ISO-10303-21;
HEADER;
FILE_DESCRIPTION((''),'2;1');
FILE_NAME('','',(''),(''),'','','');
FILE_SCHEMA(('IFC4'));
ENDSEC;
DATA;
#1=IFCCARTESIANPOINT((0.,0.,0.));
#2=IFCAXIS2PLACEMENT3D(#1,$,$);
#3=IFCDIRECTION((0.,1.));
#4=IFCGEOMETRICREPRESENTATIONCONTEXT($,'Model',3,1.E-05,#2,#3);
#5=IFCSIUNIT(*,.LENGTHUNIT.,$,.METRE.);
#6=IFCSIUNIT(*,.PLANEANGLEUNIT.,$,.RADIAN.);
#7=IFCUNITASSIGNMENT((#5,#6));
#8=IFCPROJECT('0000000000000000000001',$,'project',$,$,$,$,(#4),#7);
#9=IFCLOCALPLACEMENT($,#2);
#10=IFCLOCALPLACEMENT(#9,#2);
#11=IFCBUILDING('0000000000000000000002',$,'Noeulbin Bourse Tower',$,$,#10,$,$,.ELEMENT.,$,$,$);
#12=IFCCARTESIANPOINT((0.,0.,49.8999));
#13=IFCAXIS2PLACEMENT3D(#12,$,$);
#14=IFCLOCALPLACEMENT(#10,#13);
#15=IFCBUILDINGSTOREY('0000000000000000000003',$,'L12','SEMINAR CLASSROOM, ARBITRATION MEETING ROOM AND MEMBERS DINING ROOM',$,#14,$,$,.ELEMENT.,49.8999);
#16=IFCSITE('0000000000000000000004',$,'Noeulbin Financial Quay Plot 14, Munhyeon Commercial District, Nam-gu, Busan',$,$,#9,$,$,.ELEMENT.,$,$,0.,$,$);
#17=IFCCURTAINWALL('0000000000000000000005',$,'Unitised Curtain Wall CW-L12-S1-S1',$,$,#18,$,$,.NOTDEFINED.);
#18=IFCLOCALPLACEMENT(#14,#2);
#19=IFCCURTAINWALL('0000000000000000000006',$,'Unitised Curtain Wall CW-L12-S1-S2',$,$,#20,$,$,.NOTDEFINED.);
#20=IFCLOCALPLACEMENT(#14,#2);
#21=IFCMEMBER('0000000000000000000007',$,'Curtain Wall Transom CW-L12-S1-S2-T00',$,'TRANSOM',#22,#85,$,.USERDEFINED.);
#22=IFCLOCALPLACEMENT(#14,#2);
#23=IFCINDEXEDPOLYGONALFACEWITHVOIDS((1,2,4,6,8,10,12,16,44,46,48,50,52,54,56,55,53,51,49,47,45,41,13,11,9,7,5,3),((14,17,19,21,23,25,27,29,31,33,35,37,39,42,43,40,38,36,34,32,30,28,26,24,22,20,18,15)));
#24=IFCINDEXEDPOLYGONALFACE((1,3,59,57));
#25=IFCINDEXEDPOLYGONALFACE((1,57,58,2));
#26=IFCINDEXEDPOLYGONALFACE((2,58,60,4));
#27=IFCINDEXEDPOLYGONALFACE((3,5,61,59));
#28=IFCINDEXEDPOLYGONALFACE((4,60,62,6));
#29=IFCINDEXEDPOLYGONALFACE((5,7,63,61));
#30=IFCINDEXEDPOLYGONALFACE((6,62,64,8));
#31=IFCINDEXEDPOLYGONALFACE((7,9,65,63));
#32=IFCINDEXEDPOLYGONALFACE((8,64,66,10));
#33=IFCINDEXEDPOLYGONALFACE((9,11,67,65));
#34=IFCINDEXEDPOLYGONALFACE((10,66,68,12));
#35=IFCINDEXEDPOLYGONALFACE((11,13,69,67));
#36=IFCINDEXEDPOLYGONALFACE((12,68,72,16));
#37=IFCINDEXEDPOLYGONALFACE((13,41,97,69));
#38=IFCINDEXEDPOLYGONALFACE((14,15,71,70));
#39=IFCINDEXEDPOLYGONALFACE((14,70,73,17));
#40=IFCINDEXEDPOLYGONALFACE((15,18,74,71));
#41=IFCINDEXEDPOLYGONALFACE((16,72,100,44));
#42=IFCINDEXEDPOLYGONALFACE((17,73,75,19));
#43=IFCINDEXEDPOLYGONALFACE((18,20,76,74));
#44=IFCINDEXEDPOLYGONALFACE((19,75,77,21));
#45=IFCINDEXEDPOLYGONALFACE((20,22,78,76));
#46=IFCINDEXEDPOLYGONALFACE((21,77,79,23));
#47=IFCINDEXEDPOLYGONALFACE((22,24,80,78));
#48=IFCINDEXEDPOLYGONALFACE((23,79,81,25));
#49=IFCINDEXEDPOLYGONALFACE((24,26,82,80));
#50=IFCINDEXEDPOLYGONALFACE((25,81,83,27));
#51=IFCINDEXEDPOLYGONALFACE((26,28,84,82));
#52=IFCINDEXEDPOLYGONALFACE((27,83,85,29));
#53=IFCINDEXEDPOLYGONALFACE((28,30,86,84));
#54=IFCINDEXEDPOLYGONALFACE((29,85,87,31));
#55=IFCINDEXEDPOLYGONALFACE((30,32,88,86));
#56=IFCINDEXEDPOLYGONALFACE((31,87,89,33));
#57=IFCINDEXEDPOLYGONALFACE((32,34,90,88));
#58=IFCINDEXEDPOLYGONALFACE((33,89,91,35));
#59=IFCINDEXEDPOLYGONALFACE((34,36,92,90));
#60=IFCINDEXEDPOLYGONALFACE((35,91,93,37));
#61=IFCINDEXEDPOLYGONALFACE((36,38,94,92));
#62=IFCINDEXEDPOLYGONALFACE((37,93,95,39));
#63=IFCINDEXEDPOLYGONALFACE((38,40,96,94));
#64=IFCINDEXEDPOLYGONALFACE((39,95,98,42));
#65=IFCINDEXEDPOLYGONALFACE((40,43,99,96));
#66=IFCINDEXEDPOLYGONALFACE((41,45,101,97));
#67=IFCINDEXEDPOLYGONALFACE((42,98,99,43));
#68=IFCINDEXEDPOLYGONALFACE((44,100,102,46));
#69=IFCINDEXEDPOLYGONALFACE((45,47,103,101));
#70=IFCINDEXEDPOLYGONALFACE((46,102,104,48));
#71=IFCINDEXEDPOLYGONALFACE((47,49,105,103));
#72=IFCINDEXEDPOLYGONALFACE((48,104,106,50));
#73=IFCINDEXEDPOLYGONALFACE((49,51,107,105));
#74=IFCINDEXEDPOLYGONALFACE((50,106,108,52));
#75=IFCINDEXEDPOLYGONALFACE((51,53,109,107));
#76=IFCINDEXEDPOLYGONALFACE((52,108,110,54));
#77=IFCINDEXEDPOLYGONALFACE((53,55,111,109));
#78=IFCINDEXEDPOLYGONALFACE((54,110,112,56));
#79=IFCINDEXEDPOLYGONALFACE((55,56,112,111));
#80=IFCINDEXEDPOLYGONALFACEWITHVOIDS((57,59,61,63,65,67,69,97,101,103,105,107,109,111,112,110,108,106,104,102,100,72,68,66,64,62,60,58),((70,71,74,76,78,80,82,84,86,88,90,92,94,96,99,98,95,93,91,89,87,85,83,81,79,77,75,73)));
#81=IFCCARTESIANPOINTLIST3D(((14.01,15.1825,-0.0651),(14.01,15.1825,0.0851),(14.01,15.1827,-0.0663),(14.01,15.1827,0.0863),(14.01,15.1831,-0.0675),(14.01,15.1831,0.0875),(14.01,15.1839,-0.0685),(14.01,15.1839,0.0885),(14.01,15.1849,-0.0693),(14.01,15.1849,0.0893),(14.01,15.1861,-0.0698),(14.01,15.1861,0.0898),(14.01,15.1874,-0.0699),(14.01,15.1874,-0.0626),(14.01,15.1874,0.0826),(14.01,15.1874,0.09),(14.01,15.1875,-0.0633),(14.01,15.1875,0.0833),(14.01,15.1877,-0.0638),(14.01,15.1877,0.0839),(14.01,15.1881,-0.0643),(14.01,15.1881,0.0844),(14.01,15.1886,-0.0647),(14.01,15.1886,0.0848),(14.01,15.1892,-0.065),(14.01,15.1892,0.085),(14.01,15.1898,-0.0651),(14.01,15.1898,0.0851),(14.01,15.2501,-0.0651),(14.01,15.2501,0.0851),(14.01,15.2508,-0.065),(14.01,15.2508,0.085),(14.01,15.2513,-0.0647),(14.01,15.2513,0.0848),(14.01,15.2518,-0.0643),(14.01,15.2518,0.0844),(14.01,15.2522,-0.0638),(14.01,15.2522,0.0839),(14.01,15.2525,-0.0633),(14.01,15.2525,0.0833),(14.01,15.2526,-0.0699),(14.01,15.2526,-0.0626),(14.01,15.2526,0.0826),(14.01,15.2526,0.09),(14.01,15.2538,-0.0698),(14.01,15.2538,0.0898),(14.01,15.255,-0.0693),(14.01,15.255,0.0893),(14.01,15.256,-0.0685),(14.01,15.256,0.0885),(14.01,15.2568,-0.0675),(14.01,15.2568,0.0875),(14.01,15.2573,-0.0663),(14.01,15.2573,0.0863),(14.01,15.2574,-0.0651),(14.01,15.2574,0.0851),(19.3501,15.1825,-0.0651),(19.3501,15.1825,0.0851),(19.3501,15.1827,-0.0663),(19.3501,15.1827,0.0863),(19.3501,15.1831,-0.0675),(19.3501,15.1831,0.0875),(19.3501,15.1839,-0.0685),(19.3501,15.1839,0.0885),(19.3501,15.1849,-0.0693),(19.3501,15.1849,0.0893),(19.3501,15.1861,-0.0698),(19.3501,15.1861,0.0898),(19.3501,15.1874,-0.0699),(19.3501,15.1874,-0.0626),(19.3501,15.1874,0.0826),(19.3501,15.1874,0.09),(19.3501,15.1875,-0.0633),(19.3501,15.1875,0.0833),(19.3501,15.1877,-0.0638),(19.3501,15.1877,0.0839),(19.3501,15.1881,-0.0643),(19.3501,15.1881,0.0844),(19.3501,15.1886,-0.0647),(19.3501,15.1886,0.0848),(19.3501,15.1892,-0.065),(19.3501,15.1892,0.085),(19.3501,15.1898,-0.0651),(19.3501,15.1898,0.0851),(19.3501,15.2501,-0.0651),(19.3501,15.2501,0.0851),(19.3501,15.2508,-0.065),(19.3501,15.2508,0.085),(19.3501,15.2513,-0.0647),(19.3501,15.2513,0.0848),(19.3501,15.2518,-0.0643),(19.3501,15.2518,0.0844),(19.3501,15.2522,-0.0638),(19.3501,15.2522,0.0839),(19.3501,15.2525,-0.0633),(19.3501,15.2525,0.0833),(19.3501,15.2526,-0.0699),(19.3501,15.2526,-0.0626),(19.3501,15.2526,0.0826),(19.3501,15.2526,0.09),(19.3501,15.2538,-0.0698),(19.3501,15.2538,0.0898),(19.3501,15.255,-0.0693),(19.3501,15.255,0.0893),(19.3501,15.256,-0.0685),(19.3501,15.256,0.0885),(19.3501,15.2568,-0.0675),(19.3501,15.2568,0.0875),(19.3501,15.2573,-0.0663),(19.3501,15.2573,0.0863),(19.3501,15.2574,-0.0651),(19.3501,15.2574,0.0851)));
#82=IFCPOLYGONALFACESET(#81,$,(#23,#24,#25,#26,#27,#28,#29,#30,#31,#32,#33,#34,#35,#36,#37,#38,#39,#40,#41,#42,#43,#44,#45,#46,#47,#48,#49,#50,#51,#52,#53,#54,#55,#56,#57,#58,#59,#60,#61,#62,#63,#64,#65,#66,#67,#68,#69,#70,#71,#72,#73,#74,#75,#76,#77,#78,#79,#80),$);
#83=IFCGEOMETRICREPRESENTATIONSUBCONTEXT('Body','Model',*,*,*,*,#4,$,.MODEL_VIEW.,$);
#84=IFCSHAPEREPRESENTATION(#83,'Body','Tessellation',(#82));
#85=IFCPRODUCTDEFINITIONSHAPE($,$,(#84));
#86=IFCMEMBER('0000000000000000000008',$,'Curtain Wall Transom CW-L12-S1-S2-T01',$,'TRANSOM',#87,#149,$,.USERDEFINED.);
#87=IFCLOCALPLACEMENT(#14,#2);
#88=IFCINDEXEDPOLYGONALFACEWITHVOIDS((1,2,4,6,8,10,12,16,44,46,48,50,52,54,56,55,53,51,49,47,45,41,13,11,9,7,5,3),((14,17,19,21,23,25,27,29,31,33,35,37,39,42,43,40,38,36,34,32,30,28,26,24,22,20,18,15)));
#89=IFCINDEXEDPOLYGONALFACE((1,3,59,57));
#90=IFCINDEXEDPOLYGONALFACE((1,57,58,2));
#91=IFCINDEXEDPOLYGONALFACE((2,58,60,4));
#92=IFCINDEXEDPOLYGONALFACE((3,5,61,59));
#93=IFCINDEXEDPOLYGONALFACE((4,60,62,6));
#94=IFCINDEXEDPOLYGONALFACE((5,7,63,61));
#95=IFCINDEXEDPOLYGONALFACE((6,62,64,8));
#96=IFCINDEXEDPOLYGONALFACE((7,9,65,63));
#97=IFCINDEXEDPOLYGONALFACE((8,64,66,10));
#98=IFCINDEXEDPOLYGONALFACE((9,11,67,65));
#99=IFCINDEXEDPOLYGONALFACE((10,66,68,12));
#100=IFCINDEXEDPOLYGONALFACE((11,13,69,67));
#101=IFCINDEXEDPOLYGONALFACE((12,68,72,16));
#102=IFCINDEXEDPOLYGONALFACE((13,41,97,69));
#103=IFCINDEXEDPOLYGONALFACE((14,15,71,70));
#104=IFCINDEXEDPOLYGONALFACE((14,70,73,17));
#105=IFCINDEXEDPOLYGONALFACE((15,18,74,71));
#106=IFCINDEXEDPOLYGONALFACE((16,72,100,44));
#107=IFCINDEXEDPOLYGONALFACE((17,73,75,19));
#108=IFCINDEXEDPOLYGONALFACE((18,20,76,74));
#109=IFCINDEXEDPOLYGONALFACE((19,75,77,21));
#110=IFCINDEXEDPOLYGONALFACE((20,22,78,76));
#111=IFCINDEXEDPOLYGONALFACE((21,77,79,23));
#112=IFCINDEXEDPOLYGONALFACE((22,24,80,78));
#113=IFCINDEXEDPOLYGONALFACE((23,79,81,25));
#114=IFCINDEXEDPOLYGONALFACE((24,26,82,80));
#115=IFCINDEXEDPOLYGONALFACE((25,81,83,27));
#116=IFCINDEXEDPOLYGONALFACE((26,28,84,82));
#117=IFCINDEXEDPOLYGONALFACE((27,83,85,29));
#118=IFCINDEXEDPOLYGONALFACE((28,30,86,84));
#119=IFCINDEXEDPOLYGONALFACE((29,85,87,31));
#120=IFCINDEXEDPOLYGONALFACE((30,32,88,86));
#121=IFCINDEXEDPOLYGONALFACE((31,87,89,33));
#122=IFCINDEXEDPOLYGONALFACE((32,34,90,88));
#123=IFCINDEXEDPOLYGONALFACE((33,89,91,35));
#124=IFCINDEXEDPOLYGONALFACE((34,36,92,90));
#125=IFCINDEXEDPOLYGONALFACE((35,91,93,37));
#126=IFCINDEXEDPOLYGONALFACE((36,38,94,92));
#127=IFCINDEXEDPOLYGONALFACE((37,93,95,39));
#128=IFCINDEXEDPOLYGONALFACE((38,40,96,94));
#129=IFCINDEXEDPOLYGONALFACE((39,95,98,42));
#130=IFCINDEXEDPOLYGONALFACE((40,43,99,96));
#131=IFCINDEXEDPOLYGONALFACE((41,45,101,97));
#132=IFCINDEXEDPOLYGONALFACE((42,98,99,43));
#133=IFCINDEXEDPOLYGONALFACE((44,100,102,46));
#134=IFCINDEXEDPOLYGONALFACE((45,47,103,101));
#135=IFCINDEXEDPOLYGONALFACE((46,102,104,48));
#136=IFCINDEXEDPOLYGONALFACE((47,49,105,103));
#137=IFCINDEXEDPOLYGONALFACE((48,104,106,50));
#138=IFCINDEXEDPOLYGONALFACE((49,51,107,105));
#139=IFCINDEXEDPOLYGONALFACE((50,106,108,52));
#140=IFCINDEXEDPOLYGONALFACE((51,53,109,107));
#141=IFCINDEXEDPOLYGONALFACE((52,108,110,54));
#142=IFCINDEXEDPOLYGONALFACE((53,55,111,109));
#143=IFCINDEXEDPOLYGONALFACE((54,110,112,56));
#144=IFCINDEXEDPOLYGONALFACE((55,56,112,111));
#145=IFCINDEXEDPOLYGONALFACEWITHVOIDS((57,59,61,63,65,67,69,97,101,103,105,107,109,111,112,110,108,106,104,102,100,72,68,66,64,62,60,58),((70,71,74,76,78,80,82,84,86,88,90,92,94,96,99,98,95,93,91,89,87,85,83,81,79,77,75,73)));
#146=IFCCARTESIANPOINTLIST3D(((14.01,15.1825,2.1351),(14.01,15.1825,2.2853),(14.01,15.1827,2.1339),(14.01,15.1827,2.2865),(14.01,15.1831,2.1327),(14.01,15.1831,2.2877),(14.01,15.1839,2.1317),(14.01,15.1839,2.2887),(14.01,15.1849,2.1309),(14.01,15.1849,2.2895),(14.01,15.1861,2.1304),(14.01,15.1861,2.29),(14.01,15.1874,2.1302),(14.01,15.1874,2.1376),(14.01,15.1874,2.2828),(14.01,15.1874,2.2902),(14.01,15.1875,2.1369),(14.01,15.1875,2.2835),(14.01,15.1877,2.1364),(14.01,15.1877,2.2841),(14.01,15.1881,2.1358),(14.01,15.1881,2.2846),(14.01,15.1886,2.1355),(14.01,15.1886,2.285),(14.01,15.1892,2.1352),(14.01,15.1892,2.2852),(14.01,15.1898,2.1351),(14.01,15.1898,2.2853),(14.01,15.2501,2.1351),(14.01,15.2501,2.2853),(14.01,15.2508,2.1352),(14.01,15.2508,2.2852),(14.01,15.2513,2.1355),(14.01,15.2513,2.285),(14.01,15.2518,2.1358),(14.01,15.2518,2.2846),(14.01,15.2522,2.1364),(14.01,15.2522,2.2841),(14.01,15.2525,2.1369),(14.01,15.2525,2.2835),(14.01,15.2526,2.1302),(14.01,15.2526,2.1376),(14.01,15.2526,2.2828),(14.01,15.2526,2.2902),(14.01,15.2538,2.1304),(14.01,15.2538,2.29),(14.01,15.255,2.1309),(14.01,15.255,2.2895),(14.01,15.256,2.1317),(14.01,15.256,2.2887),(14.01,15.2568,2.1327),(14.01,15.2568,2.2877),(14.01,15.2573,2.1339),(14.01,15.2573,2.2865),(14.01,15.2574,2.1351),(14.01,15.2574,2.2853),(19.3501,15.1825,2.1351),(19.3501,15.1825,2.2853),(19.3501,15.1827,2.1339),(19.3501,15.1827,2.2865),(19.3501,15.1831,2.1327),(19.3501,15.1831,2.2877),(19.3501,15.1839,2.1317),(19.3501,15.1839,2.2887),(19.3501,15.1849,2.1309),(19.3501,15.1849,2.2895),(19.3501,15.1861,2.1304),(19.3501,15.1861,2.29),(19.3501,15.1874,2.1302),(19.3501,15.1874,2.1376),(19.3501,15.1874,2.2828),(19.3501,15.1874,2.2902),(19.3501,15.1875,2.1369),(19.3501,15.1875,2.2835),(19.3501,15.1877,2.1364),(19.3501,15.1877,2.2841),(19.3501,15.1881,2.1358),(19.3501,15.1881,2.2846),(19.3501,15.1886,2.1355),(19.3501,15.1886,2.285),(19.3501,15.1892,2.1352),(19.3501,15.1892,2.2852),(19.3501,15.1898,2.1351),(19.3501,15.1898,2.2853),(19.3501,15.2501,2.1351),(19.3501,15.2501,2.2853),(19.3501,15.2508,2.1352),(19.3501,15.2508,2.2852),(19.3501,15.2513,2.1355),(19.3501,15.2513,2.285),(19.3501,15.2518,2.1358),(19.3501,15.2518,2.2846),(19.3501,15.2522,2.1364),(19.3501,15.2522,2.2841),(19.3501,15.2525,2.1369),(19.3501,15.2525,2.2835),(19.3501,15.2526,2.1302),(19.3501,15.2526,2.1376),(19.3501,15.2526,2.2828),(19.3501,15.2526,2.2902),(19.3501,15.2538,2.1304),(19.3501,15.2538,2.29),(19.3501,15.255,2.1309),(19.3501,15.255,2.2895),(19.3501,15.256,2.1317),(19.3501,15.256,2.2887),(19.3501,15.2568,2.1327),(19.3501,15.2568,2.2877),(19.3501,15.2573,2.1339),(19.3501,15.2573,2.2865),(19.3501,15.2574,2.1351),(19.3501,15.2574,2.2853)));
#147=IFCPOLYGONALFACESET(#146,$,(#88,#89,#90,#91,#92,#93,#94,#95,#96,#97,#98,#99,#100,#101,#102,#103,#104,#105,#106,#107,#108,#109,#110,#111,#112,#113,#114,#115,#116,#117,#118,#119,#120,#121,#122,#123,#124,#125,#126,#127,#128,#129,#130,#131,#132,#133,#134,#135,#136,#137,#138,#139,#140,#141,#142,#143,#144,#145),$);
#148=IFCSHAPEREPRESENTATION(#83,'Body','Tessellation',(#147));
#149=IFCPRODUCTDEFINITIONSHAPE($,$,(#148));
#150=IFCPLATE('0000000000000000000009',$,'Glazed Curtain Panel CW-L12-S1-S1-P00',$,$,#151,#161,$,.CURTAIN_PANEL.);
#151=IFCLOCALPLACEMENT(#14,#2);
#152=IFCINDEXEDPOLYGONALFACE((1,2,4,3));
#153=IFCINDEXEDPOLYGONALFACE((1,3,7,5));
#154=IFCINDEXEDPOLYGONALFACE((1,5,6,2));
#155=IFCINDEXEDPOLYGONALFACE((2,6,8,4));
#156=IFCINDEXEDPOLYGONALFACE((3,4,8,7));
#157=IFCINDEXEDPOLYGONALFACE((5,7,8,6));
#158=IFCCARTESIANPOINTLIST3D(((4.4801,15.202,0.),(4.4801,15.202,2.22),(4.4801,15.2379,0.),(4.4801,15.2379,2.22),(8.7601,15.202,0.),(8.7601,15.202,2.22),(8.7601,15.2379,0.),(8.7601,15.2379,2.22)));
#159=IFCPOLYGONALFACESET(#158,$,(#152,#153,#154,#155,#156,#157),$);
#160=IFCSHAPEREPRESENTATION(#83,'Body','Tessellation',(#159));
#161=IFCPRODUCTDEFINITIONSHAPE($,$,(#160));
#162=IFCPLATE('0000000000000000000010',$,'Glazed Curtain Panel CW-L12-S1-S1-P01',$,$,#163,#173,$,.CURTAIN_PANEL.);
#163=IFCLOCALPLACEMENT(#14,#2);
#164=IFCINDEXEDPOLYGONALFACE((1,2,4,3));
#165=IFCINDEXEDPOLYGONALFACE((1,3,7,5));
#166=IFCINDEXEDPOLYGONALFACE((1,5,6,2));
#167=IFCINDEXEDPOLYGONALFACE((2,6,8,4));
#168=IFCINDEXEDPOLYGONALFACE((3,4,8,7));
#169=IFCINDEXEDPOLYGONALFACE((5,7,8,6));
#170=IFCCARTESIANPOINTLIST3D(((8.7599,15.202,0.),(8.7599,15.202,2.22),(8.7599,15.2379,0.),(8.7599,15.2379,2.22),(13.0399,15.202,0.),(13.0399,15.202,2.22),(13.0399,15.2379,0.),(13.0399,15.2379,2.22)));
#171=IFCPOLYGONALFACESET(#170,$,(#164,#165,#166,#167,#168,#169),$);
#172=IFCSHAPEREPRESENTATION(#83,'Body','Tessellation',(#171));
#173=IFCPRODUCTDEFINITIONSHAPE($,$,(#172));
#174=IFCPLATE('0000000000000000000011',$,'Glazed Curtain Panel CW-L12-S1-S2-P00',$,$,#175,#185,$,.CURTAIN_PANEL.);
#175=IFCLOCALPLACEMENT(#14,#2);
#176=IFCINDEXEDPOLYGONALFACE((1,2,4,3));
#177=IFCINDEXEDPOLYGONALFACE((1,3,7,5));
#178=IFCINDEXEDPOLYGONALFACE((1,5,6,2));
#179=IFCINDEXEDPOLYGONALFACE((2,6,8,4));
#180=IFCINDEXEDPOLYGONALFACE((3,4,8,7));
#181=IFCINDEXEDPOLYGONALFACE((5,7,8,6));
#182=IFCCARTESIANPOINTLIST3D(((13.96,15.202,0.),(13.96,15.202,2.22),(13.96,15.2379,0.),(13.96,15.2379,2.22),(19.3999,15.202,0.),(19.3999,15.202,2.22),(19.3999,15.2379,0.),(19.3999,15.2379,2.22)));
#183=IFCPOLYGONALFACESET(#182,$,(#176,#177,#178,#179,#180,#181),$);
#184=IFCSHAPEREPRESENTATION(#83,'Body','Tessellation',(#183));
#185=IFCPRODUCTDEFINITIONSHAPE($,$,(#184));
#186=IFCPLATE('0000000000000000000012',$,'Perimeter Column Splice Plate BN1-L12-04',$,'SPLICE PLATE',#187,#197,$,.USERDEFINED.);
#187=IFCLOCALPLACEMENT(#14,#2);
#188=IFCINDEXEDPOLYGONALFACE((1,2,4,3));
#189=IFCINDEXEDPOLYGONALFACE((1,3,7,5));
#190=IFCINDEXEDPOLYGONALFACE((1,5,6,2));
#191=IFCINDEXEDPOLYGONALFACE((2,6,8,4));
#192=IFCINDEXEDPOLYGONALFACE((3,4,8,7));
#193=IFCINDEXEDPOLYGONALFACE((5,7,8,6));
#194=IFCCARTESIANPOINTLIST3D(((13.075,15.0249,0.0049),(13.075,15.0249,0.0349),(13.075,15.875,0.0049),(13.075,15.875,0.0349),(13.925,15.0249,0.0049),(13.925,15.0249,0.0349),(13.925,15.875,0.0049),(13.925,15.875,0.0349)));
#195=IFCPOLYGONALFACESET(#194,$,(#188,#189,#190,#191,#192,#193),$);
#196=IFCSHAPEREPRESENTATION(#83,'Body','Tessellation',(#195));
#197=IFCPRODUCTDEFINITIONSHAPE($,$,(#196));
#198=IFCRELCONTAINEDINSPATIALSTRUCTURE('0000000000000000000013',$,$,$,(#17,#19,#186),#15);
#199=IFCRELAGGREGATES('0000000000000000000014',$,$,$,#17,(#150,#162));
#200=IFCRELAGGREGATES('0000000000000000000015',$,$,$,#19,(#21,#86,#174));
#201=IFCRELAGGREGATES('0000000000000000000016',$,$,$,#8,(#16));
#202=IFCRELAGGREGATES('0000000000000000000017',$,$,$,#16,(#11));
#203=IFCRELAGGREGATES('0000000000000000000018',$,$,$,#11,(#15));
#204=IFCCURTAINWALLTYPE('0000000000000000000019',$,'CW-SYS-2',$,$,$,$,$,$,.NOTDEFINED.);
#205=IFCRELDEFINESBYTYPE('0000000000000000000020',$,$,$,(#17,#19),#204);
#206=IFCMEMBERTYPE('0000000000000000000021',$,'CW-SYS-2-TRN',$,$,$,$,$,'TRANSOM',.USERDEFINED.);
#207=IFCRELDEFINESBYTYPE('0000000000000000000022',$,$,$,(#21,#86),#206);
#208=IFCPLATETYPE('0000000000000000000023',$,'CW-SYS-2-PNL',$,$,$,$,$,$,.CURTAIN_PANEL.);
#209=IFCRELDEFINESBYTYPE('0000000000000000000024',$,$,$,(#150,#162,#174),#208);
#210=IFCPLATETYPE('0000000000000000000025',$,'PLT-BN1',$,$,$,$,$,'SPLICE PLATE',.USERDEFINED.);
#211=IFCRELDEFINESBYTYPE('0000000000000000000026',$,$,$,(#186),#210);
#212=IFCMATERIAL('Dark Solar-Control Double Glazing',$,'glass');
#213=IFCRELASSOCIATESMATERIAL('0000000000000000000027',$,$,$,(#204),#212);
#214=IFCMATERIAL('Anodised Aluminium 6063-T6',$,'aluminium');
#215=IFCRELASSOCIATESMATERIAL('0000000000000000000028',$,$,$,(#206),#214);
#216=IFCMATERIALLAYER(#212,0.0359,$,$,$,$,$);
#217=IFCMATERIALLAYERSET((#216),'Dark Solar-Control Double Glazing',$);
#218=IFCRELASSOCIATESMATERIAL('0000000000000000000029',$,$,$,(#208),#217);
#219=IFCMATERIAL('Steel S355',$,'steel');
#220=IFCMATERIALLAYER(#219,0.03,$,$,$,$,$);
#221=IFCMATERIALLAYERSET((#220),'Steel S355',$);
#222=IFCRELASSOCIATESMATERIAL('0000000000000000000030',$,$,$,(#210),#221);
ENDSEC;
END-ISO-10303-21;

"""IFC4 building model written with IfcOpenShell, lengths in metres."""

from ifc_helpers import new_model, si_unit, direction, frame, origin, origin_2d, place, context, subcontext, project, spatial, rectangle, hollow_rectangle, extrude, material, layer, layer_set, material_profile, profile_set, type_object, element, aggregate, save


model = new_model("IFC4")

# Units and contexts
model_context = context("Model", 3, precision=1e-05, world=origin(), true_north=direction((0.0, 1.0)))
body_context = subcontext(model_context, "Body", "Model", "MODEL_VIEW")
ifc_project = project(units=[si_unit("LENGTHUNIT", "METRE"), si_unit("PLANEANGLEUNIT", "RADIAN")], contexts=[model_context])

# Site, building, storey
site_placement = place(None, origin())
site = spatial("IfcSite", under=ifc_project, at=site_placement, Name="Noeulbin Financial Quay Plot 14, Munhyeon Commercial District, Nam-gu, Busan", CompositionType="ELEMENT", RefElevation=0.0)
building_placement = place(site_placement, origin())
building = spatial("IfcBuilding", under=site, at=building_placement, Name="Noeulbin Bourse Tower", CompositionType="ELEMENT")
storey_placement = place(building_placement, frame((0.0, 0.0, 49.8999)))
storey = spatial("IfcBuildingStorey", under=building, at=storey_placement, Name="L12", Description="SEMINAR CLASSROOM, ARBITRATION MEETING ROOM AND MEMBERS DINING ROOM", CompositionType="ELEMENT", Elevation=49.8999)

# Shared definitions
ifc_material_1 = material(Name="Steel S355", Category="steel")

# Curtain wall
ifc_material_2 = material(Name="Dark Solar-Control Double Glazing", Category="glass")
curtain_wall_type = type_object("IfcCurtainWallType", Name="CW-SYS-2", PredefinedType="NOTDEFINED", material=ifc_material_2)
curtain_wall_1_placement = place(storey_placement, origin())
curtain_wall_1 = element("IfcCurtainWall", 1, at=curtain_wall_1_placement, inside=storey, type_object=curtain_wall_type, Name="Unitised Curtain Wall CW-L12-S1-S1", PredefinedType="NOTDEFINED")
ifc_material_3 = material(Name="Anodised Aluminium 6063-T6", Category="aluminium")

# Curtain wall
curtain_wall_2_placement = place(storey_placement, origin())
curtain_wall_2 = element("IfcCurtainWall", 2, at=curtain_wall_2_placement, inside=storey, type_object=curtain_wall_type, Name="Unitised Curtain Wall CW-L12-S1-S2", PredefinedType="NOTDEFINED")

# Members
ifc_material_profile_1 = material_profile(ifc_material_3, hollow_rectangle(XDim=0.075, YDim=0.1599, WallThickness=0.0049, InnerFilletRadius=0.0024, OuterFilletRadius=0.0049, at=origin_2d()), Name="ALU-TRAN-75x160x5", Category="LoadBearing")
ifc_profile_set_1 = profile_set([ifc_material_profile_1], Name="Anodised Aluminium 6063-T6")
member_type_1 = type_object("IfcMemberType", Name="CW-SYS-2-TRN", ElementType="TRANSOM", PredefinedType="USERDEFINED", material=ifc_profile_set_1)
member_1_placement = place(storey_placement, frame((14.01, 15.22, 0.01), z_axis=(1.0, 0.0, 0.0), x_axis=(0.0, 1.0, 0.0)))
member_1 = element("IfcMember", 3, at=member_1_placement, type_object=member_type_1, Name="Curtain Wall Transom CW-L12-S1-S2-T00", ObjectType="TRANSOM", PredefinedType="USERDEFINED", context=body_context, shape_type="SweptSolid", body=[
    extrude(hollow_rectangle(XDim=0.075, YDim=0.1599, WallThickness=0.0049, InnerFilletRadius=0.0024, OuterFilletRadius=0.0049, at=origin_2d()), origin(), (0.0, 0.0, 1.0), 5.3401),
])
member_2_placement = place(storey_placement, frame((14.01, 15.22, 2.2102), z_axis=(1.0, 0.0, 0.0), x_axis=(0.0, 1.0, 0.0)))
member_2 = element("IfcMember", 4, at=member_2_placement, type_object=member_type_1, Name="Curtain Wall Transom CW-L12-S1-S2-T01", ObjectType="TRANSOM", PredefinedType="USERDEFINED", context=body_context, shape_type="SweptSolid", body=[
    extrude(hollow_rectangle(XDim=0.075, YDim=0.1599, WallThickness=0.0049, InnerFilletRadius=0.0024, OuterFilletRadius=0.0049, at=origin_2d()), origin(), (0.0, 0.0, 1.0), 5.3401),
])

# Plates
ifc_layer_1 = layer(ifc_material_2, 0.0359)
ifc_layer_set_1 = layer_set([ifc_layer_1], Name="Dark Solar-Control Double Glazing")
plate_type_1 = type_object("IfcPlateType", Name="CW-SYS-2-PNL", PredefinedType="CURTAIN_PANEL", material=ifc_layer_set_1)
plate_1_placement = place(storey_placement, frame((6.6201, 15.22, 0.0), z_axis=(0.0, 0.0, 1.0), x_axis=(1.0, 0.0, 0.0)))
plate_1 = element("IfcPlate", 5, at=plate_1_placement, type_object=plate_type_1, Name="Glazed Curtain Panel CW-L12-S1-S1-P00", PredefinedType="CURTAIN_PANEL", context=body_context, shape_type="SweptSolid", body=[
    extrude(rectangle(XDim=4.28, YDim=0.0359, at=origin_2d()), origin(), (0.0, 0.0, 1.0), 2.22),
])
plate_2_placement = place(storey_placement, frame((10.8999, 15.22, 0.0), z_axis=(0.0, 0.0, 1.0), x_axis=(1.0, 0.0, 0.0)))
plate_2 = element("IfcPlate", 6, at=plate_2_placement, type_object=plate_type_1, Name="Glazed Curtain Panel CW-L12-S1-S1-P01", PredefinedType="CURTAIN_PANEL", context=body_context, shape_type="SweptSolid", body=[
    extrude(rectangle(XDim=4.28, YDim=0.0359, at=origin_2d()), origin(), (0.0, 0.0, 1.0), 2.22),
])
aggregate(curtain_wall_1, [plate_1, plate_2])
plate_3_placement = place(storey_placement, frame((16.6799, 15.22, 0.0), z_axis=(0.0, 0.0, 1.0), x_axis=(1.0, 0.0, 0.0)))
plate_3 = element("IfcPlate", 7, at=plate_3_placement, type_object=plate_type_1, Name="Glazed Curtain Panel CW-L12-S1-S2-P00", PredefinedType="CURTAIN_PANEL", context=body_context, shape_type="SweptSolid", body=[
    extrude(rectangle(XDim=5.4399, YDim=0.0359, at=origin_2d()), origin(), (0.0, 0.0, 1.0), 2.22),
])
aggregate(curtain_wall_2, [member_1, member_2, plate_3])
ifc_layer_2 = layer(ifc_material_1, 0.03)
ifc_layer_set_2 = layer_set([ifc_layer_2], Name="Steel S355")
plate_type_2 = type_object("IfcPlateType", Name="PLT-BN1", ElementType="SPLICE PLATE", PredefinedType="USERDEFINED", material=ifc_layer_set_2)
plate_4_placement = place(storey_placement, frame((13.5, 15.45, 0.0049), z_axis=(0.0, 0.0, 1.0), x_axis=(1.0, 0.0, 0.0)))
element("IfcPlate", 8, at=plate_4_placement, inside=storey, type_object=plate_type_2, Name="Perimeter Column Splice Plate BN1-L12-04", ObjectType="SPLICE PLATE", PredefinedType="USERDEFINED", context=body_context, shape_type="SweptSolid", body=[
    extrude(rectangle(XDim=0.8501, YDim=0.8501, at=origin_2d()), origin(), (0.0, 0.0, 1.0), 0.03),
])

save(model, "model.ifc")
